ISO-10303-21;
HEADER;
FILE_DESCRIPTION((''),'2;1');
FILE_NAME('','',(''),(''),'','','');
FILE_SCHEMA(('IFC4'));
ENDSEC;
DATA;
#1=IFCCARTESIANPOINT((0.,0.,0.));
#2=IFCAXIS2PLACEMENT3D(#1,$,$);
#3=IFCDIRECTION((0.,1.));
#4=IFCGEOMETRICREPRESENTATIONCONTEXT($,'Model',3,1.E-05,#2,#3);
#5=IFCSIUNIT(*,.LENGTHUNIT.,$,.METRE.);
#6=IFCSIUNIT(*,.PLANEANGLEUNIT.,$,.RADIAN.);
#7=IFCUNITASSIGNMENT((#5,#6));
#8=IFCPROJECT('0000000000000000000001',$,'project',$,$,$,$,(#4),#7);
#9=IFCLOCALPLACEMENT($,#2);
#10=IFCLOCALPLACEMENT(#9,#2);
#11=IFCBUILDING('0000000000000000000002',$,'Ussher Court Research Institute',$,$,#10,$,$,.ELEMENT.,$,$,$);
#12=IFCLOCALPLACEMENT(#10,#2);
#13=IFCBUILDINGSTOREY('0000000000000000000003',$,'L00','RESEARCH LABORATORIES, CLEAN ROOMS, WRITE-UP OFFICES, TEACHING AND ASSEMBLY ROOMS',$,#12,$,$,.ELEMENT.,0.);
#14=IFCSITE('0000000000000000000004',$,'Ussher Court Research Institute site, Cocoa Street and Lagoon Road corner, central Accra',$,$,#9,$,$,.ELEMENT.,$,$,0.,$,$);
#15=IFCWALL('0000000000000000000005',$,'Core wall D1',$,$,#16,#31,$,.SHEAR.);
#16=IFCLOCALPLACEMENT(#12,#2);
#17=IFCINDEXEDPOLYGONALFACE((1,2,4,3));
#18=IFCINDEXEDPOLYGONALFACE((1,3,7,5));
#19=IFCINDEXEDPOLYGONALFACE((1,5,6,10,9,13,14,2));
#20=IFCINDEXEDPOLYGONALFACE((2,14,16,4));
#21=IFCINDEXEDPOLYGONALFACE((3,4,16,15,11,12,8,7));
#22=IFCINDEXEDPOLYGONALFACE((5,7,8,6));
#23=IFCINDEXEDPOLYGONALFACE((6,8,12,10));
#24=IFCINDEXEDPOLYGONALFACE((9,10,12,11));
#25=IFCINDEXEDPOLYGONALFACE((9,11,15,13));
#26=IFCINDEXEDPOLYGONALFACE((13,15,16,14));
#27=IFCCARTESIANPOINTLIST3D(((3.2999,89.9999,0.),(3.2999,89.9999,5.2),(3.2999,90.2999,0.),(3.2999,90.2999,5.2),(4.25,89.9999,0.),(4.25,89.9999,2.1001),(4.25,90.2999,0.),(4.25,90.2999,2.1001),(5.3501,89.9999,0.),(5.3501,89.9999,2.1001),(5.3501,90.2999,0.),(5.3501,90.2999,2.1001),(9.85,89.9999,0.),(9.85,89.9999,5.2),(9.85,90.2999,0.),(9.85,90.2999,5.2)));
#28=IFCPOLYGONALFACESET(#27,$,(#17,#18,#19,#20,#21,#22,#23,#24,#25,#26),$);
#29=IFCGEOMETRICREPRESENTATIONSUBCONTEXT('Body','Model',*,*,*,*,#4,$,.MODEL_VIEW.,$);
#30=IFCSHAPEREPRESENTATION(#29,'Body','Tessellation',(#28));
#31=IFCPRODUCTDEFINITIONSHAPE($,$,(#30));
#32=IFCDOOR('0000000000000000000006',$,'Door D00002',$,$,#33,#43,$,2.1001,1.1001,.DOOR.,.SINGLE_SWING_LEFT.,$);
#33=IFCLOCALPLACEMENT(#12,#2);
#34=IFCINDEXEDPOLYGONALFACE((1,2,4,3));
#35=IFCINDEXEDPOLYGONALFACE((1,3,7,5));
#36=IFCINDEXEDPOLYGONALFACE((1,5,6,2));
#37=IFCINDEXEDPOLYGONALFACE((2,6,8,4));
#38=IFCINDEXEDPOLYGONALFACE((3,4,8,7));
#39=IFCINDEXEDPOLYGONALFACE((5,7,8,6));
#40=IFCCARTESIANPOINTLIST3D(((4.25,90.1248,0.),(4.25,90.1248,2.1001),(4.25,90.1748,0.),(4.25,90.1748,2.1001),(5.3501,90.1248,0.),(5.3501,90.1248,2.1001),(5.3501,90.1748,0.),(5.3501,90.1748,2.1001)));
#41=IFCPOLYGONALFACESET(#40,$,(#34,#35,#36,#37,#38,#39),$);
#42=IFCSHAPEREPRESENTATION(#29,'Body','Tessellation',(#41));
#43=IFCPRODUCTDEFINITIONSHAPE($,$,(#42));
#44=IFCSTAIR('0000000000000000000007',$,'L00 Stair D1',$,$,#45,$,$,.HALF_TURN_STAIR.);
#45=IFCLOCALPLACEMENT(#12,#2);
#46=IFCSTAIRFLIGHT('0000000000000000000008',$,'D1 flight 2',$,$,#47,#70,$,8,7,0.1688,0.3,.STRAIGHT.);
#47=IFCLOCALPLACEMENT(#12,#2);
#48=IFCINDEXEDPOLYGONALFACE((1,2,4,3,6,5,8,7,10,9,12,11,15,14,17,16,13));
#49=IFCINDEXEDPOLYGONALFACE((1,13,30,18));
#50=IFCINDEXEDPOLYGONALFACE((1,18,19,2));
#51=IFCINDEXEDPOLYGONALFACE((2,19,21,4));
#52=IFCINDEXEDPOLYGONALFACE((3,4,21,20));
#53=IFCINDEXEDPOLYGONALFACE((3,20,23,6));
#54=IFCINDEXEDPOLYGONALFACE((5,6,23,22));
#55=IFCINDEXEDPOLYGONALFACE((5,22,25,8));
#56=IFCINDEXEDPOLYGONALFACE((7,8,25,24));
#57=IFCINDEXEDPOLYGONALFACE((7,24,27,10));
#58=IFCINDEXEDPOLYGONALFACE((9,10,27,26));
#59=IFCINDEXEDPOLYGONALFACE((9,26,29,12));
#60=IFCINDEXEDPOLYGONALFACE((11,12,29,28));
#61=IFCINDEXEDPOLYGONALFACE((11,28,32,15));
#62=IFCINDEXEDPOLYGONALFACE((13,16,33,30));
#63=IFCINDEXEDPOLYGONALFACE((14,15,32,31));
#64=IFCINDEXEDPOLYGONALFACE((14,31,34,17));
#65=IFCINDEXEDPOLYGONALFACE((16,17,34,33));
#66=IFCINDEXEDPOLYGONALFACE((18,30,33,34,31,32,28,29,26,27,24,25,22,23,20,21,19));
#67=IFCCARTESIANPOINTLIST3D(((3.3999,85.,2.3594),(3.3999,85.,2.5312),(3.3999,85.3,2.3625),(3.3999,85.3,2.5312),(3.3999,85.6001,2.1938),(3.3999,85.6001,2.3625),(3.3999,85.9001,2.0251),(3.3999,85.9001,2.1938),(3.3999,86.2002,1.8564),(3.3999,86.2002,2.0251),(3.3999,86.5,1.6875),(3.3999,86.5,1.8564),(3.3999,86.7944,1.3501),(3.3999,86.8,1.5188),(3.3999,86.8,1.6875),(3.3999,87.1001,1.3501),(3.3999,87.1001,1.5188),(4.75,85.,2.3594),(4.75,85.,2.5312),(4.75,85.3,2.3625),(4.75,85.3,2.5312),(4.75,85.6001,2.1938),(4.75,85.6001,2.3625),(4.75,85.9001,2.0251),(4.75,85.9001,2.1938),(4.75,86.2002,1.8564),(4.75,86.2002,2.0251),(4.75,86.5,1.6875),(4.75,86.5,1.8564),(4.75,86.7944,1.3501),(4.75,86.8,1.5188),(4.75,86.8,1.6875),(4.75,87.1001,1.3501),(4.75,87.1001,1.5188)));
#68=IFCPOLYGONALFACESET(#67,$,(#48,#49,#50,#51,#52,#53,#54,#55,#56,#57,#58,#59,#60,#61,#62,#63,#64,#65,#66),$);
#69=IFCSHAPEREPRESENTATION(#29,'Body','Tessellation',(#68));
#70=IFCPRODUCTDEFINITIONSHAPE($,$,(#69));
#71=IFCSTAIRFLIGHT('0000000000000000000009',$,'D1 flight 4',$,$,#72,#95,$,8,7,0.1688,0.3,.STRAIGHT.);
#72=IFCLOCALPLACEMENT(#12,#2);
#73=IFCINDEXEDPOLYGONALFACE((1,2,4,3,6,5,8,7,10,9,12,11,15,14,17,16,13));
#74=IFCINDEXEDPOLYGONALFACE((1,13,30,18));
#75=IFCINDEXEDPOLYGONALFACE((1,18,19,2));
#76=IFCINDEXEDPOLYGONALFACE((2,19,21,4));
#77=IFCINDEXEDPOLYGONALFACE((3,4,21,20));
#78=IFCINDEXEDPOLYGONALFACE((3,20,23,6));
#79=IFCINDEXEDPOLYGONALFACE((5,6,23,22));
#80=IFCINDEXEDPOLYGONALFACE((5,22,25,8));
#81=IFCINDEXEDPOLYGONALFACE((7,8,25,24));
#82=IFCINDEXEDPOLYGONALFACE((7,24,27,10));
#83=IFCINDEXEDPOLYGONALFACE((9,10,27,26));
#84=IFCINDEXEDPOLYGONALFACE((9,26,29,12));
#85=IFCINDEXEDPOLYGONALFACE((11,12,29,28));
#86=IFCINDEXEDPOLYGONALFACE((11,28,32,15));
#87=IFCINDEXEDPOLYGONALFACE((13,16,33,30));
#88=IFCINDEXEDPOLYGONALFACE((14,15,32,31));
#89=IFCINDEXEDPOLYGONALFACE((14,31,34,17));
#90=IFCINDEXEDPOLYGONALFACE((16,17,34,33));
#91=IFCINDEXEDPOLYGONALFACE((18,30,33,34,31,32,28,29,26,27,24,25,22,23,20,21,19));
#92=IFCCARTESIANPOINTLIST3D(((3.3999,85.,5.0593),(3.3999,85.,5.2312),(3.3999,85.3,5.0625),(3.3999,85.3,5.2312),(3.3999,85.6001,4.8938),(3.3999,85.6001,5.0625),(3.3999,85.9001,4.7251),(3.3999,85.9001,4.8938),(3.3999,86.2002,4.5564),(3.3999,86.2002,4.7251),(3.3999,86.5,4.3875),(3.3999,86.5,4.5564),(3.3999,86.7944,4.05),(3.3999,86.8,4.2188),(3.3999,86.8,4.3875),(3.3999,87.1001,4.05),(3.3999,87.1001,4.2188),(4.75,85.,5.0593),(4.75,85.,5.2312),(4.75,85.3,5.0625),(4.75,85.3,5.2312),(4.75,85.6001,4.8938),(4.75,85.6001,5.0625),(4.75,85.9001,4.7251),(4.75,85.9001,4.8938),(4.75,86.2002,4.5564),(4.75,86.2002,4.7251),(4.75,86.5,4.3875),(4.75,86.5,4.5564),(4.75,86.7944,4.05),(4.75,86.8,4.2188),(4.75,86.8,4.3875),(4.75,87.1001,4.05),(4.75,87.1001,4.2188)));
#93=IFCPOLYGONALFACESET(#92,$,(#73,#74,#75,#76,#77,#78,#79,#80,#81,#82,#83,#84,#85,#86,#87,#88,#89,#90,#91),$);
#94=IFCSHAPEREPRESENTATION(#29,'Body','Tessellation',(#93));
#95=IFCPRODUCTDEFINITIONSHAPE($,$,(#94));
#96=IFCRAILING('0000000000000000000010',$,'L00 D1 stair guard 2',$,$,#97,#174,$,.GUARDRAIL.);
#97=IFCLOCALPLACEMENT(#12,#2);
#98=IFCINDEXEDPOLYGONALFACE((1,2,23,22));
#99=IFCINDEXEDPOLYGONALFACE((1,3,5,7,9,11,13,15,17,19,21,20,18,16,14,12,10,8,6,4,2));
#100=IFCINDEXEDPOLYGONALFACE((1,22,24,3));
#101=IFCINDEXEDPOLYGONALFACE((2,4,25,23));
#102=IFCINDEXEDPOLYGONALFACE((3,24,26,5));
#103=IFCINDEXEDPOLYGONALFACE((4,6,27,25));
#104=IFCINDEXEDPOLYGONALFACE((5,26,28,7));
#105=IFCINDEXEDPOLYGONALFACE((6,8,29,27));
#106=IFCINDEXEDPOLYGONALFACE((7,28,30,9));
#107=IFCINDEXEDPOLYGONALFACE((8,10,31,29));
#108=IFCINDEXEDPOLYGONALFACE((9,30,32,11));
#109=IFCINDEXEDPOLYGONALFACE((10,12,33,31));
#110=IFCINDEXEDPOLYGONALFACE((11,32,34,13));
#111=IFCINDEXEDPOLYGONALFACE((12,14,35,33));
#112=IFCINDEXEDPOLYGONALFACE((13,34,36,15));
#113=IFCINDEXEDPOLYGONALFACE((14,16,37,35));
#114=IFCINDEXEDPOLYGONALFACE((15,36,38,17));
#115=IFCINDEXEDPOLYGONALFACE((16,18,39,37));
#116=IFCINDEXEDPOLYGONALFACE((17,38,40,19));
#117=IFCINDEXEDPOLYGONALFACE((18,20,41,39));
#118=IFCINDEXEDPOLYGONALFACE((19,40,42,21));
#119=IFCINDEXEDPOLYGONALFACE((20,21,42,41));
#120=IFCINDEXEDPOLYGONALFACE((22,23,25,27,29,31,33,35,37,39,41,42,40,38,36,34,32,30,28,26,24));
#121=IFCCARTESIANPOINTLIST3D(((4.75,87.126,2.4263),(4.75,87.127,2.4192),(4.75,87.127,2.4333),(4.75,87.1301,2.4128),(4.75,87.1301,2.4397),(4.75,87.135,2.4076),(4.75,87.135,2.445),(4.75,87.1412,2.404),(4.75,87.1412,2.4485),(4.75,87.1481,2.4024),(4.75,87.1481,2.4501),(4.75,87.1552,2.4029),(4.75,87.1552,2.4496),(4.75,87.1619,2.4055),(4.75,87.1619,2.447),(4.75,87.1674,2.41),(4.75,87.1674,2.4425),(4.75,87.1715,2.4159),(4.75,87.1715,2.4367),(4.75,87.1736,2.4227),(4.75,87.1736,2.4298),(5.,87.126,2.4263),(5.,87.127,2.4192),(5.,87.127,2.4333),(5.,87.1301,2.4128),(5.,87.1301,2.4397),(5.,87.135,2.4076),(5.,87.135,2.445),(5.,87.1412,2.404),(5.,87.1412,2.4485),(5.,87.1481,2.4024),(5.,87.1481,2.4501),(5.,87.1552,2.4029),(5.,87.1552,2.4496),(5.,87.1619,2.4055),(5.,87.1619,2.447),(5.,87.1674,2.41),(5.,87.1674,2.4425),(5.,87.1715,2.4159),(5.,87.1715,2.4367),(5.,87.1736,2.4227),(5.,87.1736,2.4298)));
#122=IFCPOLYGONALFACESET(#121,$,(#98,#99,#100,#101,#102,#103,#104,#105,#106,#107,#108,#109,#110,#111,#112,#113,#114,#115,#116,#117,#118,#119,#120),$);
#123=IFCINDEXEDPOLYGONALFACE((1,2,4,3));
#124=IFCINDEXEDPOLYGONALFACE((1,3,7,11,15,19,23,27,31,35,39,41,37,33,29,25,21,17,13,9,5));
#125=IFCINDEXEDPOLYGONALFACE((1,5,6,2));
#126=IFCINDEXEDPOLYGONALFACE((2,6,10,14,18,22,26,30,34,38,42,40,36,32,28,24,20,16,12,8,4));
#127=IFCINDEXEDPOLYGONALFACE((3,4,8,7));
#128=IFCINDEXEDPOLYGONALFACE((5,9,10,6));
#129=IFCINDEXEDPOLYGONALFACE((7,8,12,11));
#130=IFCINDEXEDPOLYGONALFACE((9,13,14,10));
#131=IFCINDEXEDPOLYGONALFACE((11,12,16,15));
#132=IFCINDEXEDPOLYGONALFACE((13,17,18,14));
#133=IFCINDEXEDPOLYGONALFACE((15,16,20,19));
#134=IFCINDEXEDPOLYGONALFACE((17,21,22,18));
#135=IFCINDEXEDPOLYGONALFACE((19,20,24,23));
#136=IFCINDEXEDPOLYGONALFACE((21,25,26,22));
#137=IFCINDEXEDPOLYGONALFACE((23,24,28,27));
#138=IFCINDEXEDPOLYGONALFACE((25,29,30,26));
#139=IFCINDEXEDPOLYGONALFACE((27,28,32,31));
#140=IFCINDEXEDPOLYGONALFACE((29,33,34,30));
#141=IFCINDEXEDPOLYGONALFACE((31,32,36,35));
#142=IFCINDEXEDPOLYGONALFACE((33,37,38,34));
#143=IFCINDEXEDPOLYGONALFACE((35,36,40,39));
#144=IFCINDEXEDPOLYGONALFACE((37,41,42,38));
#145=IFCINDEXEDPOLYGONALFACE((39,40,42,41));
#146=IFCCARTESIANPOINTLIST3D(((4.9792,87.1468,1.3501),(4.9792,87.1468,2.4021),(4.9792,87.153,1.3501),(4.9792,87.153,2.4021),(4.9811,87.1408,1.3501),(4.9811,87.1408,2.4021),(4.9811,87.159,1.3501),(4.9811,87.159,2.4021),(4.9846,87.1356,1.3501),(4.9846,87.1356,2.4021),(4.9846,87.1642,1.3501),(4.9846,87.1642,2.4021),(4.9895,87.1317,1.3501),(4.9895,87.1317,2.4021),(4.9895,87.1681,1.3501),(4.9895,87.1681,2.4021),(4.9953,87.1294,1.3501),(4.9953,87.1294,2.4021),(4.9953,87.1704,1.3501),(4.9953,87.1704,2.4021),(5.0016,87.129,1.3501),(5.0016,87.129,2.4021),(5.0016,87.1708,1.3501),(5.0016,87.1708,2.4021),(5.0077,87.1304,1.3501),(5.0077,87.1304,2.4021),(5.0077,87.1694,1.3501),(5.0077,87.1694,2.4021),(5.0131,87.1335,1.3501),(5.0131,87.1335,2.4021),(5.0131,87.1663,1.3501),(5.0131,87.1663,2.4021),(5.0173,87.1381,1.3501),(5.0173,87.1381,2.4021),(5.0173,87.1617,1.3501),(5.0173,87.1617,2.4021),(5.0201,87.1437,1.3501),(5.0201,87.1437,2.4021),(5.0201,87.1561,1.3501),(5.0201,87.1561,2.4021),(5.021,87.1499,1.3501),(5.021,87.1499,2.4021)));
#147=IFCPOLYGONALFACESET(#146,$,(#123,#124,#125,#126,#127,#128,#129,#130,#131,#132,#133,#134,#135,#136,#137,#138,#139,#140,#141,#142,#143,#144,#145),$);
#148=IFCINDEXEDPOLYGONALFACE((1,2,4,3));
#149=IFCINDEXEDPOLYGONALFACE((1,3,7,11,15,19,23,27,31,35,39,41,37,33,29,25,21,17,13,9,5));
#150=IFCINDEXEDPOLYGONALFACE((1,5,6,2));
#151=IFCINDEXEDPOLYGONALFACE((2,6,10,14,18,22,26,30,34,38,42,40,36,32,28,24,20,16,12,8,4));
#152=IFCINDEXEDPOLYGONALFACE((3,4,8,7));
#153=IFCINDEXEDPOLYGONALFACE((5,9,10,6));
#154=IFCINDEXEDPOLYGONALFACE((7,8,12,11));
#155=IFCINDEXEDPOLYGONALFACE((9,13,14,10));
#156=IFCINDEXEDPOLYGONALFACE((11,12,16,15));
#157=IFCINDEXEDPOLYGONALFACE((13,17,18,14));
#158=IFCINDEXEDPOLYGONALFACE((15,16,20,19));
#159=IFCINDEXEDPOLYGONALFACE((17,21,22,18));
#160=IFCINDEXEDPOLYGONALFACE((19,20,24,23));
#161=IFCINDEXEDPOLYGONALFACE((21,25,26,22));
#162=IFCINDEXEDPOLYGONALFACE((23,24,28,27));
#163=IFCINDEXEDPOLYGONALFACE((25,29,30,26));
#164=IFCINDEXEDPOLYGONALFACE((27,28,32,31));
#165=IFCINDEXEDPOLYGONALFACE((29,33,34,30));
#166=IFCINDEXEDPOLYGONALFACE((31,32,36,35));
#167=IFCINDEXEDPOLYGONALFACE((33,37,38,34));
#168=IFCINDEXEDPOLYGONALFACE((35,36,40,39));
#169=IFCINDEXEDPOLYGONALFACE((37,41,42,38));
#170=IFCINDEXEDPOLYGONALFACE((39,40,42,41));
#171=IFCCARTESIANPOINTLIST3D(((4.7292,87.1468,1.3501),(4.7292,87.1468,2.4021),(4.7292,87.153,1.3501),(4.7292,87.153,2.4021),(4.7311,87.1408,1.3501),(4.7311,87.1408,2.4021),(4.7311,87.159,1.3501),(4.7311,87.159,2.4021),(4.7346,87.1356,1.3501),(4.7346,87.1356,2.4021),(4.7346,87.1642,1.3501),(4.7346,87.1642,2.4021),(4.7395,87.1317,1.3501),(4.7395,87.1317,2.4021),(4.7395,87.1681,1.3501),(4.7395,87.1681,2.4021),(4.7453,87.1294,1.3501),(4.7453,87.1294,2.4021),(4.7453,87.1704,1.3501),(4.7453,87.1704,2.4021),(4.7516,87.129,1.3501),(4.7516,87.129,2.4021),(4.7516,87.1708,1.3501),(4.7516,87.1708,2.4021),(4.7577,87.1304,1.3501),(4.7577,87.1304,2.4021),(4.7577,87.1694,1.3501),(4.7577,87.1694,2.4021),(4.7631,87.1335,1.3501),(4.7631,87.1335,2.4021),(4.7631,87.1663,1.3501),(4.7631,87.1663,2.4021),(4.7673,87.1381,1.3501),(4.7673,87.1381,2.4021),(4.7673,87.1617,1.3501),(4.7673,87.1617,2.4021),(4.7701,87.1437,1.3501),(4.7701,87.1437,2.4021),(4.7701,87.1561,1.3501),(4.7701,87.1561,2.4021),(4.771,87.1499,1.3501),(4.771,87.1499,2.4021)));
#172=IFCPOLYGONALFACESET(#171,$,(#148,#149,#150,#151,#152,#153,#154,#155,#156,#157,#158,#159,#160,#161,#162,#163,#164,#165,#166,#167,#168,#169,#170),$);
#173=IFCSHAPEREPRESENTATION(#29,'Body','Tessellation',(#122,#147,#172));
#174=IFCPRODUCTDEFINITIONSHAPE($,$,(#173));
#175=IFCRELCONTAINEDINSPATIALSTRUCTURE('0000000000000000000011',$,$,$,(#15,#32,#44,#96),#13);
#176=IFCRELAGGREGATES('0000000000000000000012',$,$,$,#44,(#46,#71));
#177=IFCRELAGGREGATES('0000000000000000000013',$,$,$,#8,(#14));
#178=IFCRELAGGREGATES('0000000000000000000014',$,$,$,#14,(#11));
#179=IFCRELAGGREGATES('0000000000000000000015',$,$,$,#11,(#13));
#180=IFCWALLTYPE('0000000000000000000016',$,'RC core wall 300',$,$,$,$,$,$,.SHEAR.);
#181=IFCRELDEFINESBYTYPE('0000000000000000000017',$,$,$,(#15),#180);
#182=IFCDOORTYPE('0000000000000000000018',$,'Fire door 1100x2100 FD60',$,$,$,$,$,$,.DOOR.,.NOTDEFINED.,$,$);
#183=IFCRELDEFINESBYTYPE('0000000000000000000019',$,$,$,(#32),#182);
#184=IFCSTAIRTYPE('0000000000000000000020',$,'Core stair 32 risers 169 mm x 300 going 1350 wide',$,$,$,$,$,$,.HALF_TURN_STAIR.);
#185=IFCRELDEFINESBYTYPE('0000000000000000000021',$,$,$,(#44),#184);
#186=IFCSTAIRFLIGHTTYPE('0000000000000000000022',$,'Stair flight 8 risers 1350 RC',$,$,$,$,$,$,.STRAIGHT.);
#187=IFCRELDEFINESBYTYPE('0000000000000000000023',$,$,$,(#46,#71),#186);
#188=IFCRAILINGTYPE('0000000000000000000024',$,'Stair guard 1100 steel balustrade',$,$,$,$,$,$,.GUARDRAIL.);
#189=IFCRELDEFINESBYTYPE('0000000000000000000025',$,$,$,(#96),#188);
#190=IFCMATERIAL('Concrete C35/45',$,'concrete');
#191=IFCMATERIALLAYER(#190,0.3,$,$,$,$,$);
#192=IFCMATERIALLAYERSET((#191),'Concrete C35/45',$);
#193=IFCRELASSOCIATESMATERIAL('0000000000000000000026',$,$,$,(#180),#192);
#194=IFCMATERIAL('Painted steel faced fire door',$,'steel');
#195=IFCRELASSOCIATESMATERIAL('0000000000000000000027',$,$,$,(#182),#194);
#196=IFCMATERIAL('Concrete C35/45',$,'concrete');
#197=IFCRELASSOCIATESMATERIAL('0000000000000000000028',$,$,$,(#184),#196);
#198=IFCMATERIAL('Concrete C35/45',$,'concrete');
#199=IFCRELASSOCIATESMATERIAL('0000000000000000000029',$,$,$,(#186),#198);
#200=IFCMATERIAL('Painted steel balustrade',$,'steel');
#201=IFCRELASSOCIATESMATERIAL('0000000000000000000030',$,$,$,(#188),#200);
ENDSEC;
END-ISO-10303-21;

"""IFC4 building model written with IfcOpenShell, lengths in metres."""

from ifc_helpers import new_model, si_unit, direction, frame, frame_2d, origin, origin_2d, place, context, subcontext, project, spatial, polyline, rectangle, circle, outline, extrude, material, layer, layer_set, type_object, element, fill, aggregate, save


model = new_model("IFC4")

# Units and contexts
model_context = context("Model", 3, precision=1e-05, world=origin(), true_north=direction((0.0, 1.0)))
body_context = subcontext(model_context, "Body", "Model", "MODEL_VIEW")
ifc_project = project(units=[si_unit("LENGTHUNIT", "METRE"), si_unit("PLANEANGLEUNIT", "RADIAN")], contexts=[model_context])

# Site, building, storey
site_placement = place(None, origin())
site = spatial("IfcSite", under=ifc_project, at=site_placement, Name="Ussher Court Research Institute site, Cocoa Street and Lagoon Road corner, central Accra", CompositionType="ELEMENT", RefElevation=0.0)
building_placement = place(site_placement, origin())
building = spatial("IfcBuilding", under=site, at=building_placement, Name="Ussher Court Research Institute", CompositionType="ELEMENT")
storey_placement = place(building_placement, origin())
storey = spatial("IfcBuildingStorey", under=building, at=storey_placement, Name="L00", Description="RESEARCH LABORATORIES, CLEAN ROOMS, WRITE-UP OFFICES, TEACHING AND ASSEMBLY ROOMS", CompositionType="ELEMENT", Elevation=0.0)

# Wall, opening, door
ifc_material_1 = material(Name="Concrete C35/45", Category="concrete")
ifc_layer_1 = layer(ifc_material_1, 0.3)
ifc_layer_set_1 = layer_set([ifc_layer_1], Name="Concrete C35/45")
wall_type_1 = type_object("IfcWallType", Name="RC core wall 300", PredefinedType="SHEAR", material=ifc_layer_set_1)
wall_1_placement = place(storey_placement, frame((3.3, 90.1499, 0.0), z_axis=(0.0, 0.0, 1.0), x_axis=(1.0, 0.0, 0.0)))
wall_1 = element("IfcWall", 1, at=wall_1_placement, inside=storey, type_object=wall_type_1, Name="Core wall D1", PredefinedType="SHEAR", context=body_context, shape_type="SweptSolid", body=[
    extrude(rectangle(XDim=6.55, YDim=0.3, at=frame_2d((3.2749, 0.0))), origin(), (0.0, 0.0, 1.0), 5.2),
])
opening_1_placement = place(wall_1_placement, frame((0.95, 0.0, 0.0)))
opening_1 = element("IfcOpeningElement", 2, at=opening_1_placement, cuts=wall_1, PredefinedType="OPENING", context=body_context, shape_type="SweptSolid", body=[
    extrude(rectangle(XDim=1.1001, YDim=2.1001, at=frame_2d((0.55, 1.05))), frame((0.0, 0.1602, 0.0), z_axis=(0.0, -1.0, 0.0), x_axis=(1.0, 0.0, 0.0)), (0.0, 0.0, 1.0), 0.3201),
])
ifc_material_2 = material(Name="Painted steel faced fire door", Category="steel")
door_type_1 = type_object("IfcDoorType", Name="Fire door 1100x2100 FD60", OperationType="NOTDEFINED", PredefinedType="DOOR", material=ifc_material_2)
door_1_placement = place(opening_1_placement, origin())
door_1 = element("IfcDoor", 3, at=door_1_placement, inside=storey, type_object=door_type_1, Name="Door D00002", OperationType="SINGLE_SWING_LEFT", OverallHeight=2.1001, OverallWidth=1.1001, PredefinedType="DOOR", context=body_context, shape_type="SweptSolid", body=[
    extrude(rectangle(XDim=1.1001, YDim=2.1001, at=frame_2d((0.55, 1.05))), frame((0.0, 0.0249, 0.0), z_axis=(0.0, -1.0, 0.0), x_axis=(1.0, 0.0, 0.0)), (0.0, 0.0, 1.0), 0.05),
])
fill(opening_1, door_1)

# Stair, stair flights
ifc_material_3 = material(Name="Concrete C35/45", Category="concrete")
stair_type = type_object("IfcStairType", Name="Core stair 32 risers 169 mm x 300 going 1350 wide", PredefinedType="HALF_TURN_STAIR", material=ifc_material_3)
stair_placement = place(storey_placement, origin())
stair = element("IfcStair", 4, at=stair_placement, inside=storey, type_object=stair_type, Name="L00 Stair D1", PredefinedType="HALF_TURN_STAIR")
ifc_material_4 = material(Name="Concrete C35/45", Category="concrete")
stair_flight_type = type_object("IfcStairFlightType", Name="Stair flight 8 risers 1350 RC", PredefinedType="STRAIGHT", material=ifc_material_4)
stair_flight_1_placement = place(storey_placement, frame((4.075, 87.1001, 1.3501), z_axis=(0.0, 0.0, 1.0), x_axis=(0.0, -1.0, 0.0)))
stair_flight_1 = element("IfcStairFlight", 5, at=stair_flight_1_placement, type_object=stair_flight_type, Name="D1 flight 2", NumberOfRisers=8, NumberOfTreads=7, PredefinedType="STRAIGHT", RiserHeight=0.1688, TreadLength=0.3, context=body_context, shape_type="SweptSolid", body=[
    extrude(outline(polyline([(0.0, 0.0), (0.0, 0.1687), (0.3, 0.1687), (0.3, 0.3374), (0.6001, 0.3374), (0.6001, 0.5063), (0.8999, 0.5063), (0.8999, 0.675), (1.2, 0.675), (1.2, 0.8438), (1.5, 0.8438), (1.5, 1.0125), (1.8, 1.0125), (1.8, 1.1812), (2.1001, 1.1812), (2.1001, 1.3501), (2.1001, 1.0093), (0.3057, 0.0), (0.0, 0.0)])), frame((0.0, 0.675, 0.0), z_axis=(0.0, -1.0, 0.0), x_axis=(1.0, 0.0, 0.0)), (0.0, 0.0, 1.0), 1.3501),
])
stair_flight_2_placement = place(storey_placement, frame((4.075, 87.1001, 4.05), z_axis=(0.0, 0.0, 1.0), x_axis=(0.0, -1.0, 0.0)))
stair_flight_2 = element("IfcStairFlight", 6, at=stair_flight_2_placement, type_object=stair_flight_type, Name="D1 flight 4", NumberOfRisers=8, NumberOfTreads=7, PredefinedType="STRAIGHT", RiserHeight=0.1688, TreadLength=0.3, context=body_context, shape_type="SweptSolid", body=[
    extrude(outline(polyline([(0.0, 0.0), (0.0, 0.1687), (0.3, 0.1687), (0.3, 0.3374), (0.6001, 0.3374), (0.6001, 0.5063), (0.8999, 0.5063), (0.8999, 0.675), (1.2, 0.675), (1.2, 0.8438), (1.5, 0.8438), (1.5, 1.0125), (1.8, 1.0125), (1.8, 1.1812), (2.1001, 1.1812), (2.1001, 1.3501), (2.1001, 1.0093), (0.3057, 0.0), (0.0, 0.0)])), frame((0.0, 0.675, 0.0), z_axis=(0.0, -1.0, 0.0), x_axis=(1.0, 0.0, 0.0)), (0.0, 0.0, 1.0), 1.3501),
])
aggregate(stair, [stair_flight_1, stair_flight_2])

# Railing
ifc_material_5 = material(Name="Painted steel balustrade", Category="steel")
railing_type_1 = type_object("IfcRailingType", Name="Stair guard 1100 steel balustrade", PredefinedType="GUARDRAIL", material=ifc_material_5)
railing_1_placement = place(storey_placement, frame((5.0, 87.1499, 1.3501)))
element("IfcRailing", 7, at=railing_1_placement, inside=storey, type_object=railing_type_1, Name="L00 D1 stair guard 2", PredefinedType="GUARDRAIL", context=body_context, shape_type="SweptSolid", body=[
    extrude(circle(Radius=0.0239, at=origin_2d()), frame((0.0, 0.0, 1.0762), z_axis=(-1.0, 0.0, 0.0), x_axis=(0.0, -1.0, 0.0)), (0.0, 0.0, 1.0), 0.25),
    extrude(circle(Radius=0.021, at=origin_2d()), origin(), (0.0, 0.0, 1.0), 1.052),
    extrude(circle(Radius=0.021, at=origin_2d()), frame((-0.25, 0.0, 0.0)), (0.0, 0.0, 1.0), 1.052),
])

save(model, "model.ifc")
